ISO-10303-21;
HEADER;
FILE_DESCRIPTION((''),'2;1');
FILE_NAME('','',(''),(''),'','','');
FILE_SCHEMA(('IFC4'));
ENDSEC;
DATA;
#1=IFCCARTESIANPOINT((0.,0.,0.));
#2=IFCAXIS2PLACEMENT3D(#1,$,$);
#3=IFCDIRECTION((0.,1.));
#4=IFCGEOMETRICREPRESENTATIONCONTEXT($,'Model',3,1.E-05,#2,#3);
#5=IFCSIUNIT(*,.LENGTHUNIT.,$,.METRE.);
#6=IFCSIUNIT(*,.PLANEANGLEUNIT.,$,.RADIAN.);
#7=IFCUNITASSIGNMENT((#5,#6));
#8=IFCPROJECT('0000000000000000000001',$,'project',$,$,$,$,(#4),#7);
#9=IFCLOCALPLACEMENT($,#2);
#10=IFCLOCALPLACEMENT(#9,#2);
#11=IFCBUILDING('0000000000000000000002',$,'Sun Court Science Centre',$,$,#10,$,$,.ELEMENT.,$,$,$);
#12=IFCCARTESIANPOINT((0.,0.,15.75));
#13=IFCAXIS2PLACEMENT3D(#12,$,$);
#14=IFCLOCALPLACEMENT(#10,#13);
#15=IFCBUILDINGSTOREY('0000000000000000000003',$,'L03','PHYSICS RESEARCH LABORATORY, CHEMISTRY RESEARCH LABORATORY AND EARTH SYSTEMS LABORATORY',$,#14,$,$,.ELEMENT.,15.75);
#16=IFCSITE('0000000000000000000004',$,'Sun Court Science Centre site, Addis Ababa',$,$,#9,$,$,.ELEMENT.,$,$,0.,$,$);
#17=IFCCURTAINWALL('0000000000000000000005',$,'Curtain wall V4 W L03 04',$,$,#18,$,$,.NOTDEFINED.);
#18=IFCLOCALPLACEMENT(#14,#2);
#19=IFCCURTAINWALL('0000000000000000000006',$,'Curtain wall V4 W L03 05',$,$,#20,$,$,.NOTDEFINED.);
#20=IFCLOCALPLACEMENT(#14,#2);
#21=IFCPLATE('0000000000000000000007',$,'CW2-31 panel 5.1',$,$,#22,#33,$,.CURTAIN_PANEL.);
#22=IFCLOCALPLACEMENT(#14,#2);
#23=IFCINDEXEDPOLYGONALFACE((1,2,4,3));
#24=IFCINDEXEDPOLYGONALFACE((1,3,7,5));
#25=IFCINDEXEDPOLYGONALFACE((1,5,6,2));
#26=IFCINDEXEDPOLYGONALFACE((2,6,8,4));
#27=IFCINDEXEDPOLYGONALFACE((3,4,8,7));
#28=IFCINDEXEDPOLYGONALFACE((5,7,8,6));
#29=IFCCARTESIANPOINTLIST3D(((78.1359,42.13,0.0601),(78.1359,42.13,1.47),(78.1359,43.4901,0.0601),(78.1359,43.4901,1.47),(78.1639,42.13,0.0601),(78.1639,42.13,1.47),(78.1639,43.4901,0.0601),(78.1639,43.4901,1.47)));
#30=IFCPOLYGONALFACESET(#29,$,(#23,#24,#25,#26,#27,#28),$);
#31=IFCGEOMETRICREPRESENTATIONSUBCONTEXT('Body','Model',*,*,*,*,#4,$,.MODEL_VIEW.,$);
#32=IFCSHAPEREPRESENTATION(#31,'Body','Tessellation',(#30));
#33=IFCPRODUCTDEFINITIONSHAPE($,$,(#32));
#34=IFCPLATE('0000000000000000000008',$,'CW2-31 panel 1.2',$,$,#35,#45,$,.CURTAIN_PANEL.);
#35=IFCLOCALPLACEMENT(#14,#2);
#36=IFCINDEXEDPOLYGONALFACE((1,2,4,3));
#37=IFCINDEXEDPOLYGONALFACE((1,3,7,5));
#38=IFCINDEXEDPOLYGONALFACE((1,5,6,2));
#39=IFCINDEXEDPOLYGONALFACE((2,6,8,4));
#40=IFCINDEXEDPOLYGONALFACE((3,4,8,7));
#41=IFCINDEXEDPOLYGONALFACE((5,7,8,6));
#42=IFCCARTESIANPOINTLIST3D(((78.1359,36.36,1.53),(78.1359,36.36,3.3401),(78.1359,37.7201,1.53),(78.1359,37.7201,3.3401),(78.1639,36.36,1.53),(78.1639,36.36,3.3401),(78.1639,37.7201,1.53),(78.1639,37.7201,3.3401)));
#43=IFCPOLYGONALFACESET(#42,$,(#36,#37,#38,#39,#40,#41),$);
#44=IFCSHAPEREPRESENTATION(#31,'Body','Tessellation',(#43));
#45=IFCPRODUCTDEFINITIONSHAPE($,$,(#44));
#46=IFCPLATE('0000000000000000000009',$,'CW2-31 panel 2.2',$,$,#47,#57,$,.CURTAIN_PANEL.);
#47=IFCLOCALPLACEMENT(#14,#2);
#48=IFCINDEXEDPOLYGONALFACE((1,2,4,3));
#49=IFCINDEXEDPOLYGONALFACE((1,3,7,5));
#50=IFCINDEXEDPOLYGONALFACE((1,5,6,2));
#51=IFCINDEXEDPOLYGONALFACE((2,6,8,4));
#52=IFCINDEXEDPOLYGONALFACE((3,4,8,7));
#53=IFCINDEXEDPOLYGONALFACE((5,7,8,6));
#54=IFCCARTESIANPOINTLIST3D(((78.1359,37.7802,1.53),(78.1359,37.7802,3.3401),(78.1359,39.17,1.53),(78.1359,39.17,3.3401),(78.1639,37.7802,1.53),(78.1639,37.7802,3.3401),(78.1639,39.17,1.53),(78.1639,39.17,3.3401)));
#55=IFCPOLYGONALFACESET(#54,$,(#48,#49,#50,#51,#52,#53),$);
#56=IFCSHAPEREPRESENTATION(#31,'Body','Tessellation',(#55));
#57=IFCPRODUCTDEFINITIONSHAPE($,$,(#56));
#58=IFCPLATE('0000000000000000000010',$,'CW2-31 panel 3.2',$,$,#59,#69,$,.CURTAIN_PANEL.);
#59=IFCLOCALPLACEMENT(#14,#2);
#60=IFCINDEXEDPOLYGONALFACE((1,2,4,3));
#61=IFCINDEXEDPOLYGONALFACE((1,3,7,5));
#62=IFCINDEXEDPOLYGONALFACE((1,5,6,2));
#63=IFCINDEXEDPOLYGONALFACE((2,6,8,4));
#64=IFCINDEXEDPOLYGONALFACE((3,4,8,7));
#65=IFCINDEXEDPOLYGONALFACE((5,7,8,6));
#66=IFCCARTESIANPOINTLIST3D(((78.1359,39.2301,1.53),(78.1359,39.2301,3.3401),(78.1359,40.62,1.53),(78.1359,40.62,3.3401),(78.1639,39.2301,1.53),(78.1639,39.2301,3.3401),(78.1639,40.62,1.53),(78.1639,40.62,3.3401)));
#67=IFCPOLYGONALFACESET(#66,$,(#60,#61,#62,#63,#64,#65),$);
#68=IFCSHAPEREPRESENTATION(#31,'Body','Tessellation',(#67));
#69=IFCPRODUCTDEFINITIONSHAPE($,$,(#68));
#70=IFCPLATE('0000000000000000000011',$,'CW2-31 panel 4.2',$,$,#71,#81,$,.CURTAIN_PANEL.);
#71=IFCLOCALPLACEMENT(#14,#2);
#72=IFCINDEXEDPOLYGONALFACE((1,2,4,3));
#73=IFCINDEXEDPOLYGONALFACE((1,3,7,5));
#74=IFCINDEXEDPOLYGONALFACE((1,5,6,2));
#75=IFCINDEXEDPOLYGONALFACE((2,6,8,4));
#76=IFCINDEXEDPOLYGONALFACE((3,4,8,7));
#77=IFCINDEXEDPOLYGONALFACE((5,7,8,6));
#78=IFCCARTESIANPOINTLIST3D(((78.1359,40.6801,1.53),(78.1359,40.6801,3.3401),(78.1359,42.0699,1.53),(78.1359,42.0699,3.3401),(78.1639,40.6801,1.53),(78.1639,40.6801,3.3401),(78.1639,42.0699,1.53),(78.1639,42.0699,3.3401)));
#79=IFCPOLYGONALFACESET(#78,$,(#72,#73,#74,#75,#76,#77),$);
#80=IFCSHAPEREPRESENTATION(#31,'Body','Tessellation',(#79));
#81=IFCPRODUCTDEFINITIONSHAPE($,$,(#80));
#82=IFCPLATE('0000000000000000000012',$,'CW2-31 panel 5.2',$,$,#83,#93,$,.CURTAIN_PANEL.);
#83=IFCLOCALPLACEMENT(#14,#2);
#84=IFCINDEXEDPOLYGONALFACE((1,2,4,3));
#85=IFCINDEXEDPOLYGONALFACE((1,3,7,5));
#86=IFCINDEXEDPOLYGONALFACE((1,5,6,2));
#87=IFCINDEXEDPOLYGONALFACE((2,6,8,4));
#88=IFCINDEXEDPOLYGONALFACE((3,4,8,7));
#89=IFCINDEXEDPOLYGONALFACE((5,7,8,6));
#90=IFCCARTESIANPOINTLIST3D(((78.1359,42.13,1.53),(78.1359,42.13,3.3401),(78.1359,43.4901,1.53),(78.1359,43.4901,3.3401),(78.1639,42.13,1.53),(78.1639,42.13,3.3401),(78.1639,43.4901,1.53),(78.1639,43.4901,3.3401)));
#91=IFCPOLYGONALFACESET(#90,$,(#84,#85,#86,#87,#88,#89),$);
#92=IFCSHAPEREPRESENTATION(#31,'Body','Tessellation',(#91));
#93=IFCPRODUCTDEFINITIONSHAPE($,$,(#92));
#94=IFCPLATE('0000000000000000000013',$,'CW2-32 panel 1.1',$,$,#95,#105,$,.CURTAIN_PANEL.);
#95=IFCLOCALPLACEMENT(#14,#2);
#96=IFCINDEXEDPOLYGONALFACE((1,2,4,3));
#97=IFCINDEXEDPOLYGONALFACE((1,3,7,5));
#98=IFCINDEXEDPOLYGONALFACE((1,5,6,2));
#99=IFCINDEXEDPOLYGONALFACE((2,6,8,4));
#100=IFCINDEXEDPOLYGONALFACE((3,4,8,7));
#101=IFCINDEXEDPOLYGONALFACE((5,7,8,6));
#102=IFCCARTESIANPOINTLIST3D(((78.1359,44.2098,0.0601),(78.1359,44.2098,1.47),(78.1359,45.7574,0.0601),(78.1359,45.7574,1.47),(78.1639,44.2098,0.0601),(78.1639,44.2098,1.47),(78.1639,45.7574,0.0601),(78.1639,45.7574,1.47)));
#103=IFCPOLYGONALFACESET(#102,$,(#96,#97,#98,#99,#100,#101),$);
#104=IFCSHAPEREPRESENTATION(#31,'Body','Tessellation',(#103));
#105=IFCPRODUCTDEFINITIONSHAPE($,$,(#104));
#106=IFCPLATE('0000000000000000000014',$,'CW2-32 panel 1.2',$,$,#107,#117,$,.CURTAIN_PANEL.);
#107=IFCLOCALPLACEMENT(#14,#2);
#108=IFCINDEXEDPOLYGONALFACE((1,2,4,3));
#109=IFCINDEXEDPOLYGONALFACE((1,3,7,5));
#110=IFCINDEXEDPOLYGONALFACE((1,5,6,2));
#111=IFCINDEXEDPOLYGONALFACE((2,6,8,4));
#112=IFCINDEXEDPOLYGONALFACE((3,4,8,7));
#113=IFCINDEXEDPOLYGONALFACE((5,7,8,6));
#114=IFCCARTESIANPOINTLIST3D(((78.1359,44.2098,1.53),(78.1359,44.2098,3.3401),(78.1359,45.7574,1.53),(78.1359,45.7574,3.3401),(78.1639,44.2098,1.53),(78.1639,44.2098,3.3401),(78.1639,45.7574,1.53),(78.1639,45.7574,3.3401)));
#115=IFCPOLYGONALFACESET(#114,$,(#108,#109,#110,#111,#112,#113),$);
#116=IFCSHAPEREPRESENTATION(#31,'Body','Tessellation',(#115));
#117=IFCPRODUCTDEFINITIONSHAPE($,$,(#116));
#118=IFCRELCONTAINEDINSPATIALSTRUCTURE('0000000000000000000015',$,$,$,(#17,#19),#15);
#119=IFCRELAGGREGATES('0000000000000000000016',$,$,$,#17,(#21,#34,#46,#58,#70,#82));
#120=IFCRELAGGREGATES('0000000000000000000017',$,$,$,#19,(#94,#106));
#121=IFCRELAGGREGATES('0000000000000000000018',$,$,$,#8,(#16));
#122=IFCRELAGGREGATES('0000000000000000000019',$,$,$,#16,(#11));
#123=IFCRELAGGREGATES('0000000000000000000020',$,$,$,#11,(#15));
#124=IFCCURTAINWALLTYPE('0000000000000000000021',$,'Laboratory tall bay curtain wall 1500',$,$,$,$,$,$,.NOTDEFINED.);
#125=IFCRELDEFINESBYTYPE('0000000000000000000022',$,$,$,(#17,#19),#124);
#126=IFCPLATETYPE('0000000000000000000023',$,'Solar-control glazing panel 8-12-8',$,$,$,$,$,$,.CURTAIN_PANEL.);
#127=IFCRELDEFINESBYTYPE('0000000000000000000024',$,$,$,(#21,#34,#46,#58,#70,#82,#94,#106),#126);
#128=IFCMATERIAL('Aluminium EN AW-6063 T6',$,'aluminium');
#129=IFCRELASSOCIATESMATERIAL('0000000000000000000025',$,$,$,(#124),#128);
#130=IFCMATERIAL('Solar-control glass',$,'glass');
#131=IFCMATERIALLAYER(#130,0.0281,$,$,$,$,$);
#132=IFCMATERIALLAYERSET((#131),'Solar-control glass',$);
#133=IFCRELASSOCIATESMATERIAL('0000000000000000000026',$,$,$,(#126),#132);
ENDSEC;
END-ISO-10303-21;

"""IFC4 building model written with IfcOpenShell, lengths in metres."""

from ifc_helpers import new_model, si_unit, direction, frame, origin, origin_2d, place, context, subcontext, project, spatial, rectangle, extrude, material, layer, layer_set, type_object, element, aggregate, save


model = new_model("IFC4")

# Units and contexts
model_context = context("Model", 3, precision=1e-05, world=origin(), true_north=direction((0.0, 1.0)))
body_context = subcontext(model_context, "Body", "Model", "MODEL_VIEW")
ifc_project = project(units=[si_unit("LENGTHUNIT", "METRE"), si_unit("PLANEANGLEUNIT", "RADIAN")], contexts=[model_context])

# Site, building, storey
site_placement = place(None, origin())
site = spatial("IfcSite", under=ifc_project, at=site_placement, Name="Sun Court Science Centre site, Addis Ababa", CompositionType="ELEMENT", RefElevation=0.0)
building_placement = place(site_placement, origin())
building = spatial("IfcBuilding", under=site, at=building_placement, Name="Sun Court Science Centre", CompositionType="ELEMENT")
storey_placement = place(building_placement, frame((0.0, 0.0, 15.75)))
storey = spatial("IfcBuildingStorey", under=building, at=storey_placement, Name="L03", Description="PHYSICS RESEARCH LABORATORY, CHEMISTRY RESEARCH LABORATORY AND EARTH SYSTEMS LABORATORY", CompositionType="ELEMENT", Elevation=15.75)

# Curtain walls
ifc_material_1 = material(Name="Aluminium EN AW-6063 T6", Category="aluminium")
curtain_wall_type = type_object("IfcCurtainWallType", Name="Laboratory tall bay curtain wall 1500", PredefinedType="NOTDEFINED", material=ifc_material_1)
curtain_wall_1_placement = place(storey_placement, origin())
curtain_wall_1 = element("IfcCurtainWall", 1, at=curtain_wall_1_placement, inside=storey, type_object=curtain_wall_type, Name="Curtain wall V4 W L03 04", PredefinedType="NOTDEFINED")
curtain_wall_2_placement = place(storey_placement, origin())
curtain_wall_2 = element("IfcCurtainWall", 2, at=curtain_wall_2_placement, inside=storey, type_object=curtain_wall_type, Name="Curtain wall V4 W L03 05", PredefinedType="NOTDEFINED")

# Plates
ifc_material_2 = material(Name="Solar-control glass", Category="glass")
ifc_layer = layer(ifc_material_2, 0.0281)
ifc_layer_set = layer_set([ifc_layer], Name="Solar-control glass")
plate_type = type_object("IfcPlateType", Name="Solar-control glazing panel 8-12-8", PredefinedType="CURTAIN_PANEL", material=ifc_layer_set)
plate_1_placement = place(storey_placement, frame((78.1499, 42.8101, 0.0601), z_axis=(0.0, 0.0, 1.0), x_axis=(0.0, 1.0, 0.0)))
plate_1 = element("IfcPlate", 3, at=plate_1_placement, type_object=plate_type, Name="CW2-31 panel 5.1", PredefinedType="CURTAIN_PANEL", context=body_context, shape_type="SweptSolid", body=[
    extrude(rectangle(XDim=1.3601, YDim=0.0281, at=origin_2d()), origin(), (0.0, 0.0, 1.0), 1.4099),
])
plate_2_placement = place(storey_placement, frame((78.1499, 37.04, 1.53), z_axis=(0.0, 0.0, 1.0), x_axis=(0.0, 1.0, 0.0)))
plate_2 = element("IfcPlate", 4, at=plate_2_placement, type_object=plate_type, Name="CW2-31 panel 1.2", PredefinedType="CURTAIN_PANEL", context=body_context, shape_type="SweptSolid", body=[
    extrude(rectangle(XDim=1.3601, YDim=0.0281, at=origin_2d()), origin(), (0.0, 0.0, 1.0), 1.8101),
])
plate_3_placement = place(storey_placement, frame((78.1499, 38.4751, 1.53), z_axis=(0.0, 0.0, 1.0), x_axis=(0.0, 1.0, 0.0)))
plate_3 = element("IfcPlate", 5, at=plate_3_placement, type_object=plate_type, Name="CW2-31 panel 2.2", PredefinedType="CURTAIN_PANEL", context=body_context, shape_type="SweptSolid", body=[
    extrude(rectangle(XDim=1.3899, YDim=0.0281, at=origin_2d()), origin(), (0.0, 0.0, 1.0), 1.8101),
])
plate_4_placement = place(storey_placement, frame((78.1499, 39.925, 1.53), z_axis=(0.0, 0.0, 1.0), x_axis=(0.0, 1.0, 0.0)))
plate_4 = element("IfcPlate", 6, at=plate_4_placement, type_object=plate_type, Name="CW2-31 panel 3.2", PredefinedType="CURTAIN_PANEL", context=body_context, shape_type="SweptSolid", body=[
    extrude(rectangle(XDim=1.3899, YDim=0.0281, at=origin_2d()), origin(), (0.0, 0.0, 1.0), 1.8101),
])
plate_5_placement = place(storey_placement, frame((78.1499, 41.375, 1.53), z_axis=(0.0, 0.0, 1.0), x_axis=(0.0, 1.0, 0.0)))
plate_5 = element("IfcPlate", 7, at=plate_5_placement, type_object=plate_type, Name="CW2-31 panel 4.2", PredefinedType="CURTAIN_PANEL", context=body_context, shape_type="SweptSolid", body=[
    extrude(rectangle(XDim=1.3899, YDim=0.0281, at=origin_2d()), origin(), (0.0, 0.0, 1.0), 1.8101),
])
plate_6_placement = place(storey_placement, frame((78.1499, 42.8101, 1.53), z_axis=(0.0, 0.0, 1.0), x_axis=(0.0, 1.0, 0.0)))
plate_6 = element("IfcPlate", 8, at=plate_6_placement, type_object=plate_type, Name="CW2-31 panel 5.2", PredefinedType="CURTAIN_PANEL", context=body_context, shape_type="SweptSolid", body=[
    extrude(rectangle(XDim=1.3601, YDim=0.0281, at=origin_2d()), origin(), (0.0, 0.0, 1.0), 1.8101),
])
aggregate(curtain_wall_1, [plate_1, plate_2, plate_3, plate_4, plate_5, plate_6])
plate_7_placement = place(storey_placement, frame((78.1499, 44.9836, 0.0601), z_axis=(0.0, 0.0, 1.0), x_axis=(0.0, 1.0, 0.0)))
plate_7 = element("IfcPlate", 9, at=plate_7_placement, type_object=plate_type, Name="CW2-32 panel 1.1", PredefinedType="CURTAIN_PANEL", context=body_context, shape_type="SweptSolid", body=[
    extrude(rectangle(XDim=1.5476, YDim=0.0281, at=origin_2d()), origin(), (0.0, 0.0, 1.0), 1.4099),
])
plate_8_placement = place(storey_placement, frame((78.1499, 44.9836, 1.53), z_axis=(0.0, 0.0, 1.0), x_axis=(0.0, 1.0, 0.0)))
plate_8 = element("IfcPlate", 10, at=plate_8_placement, type_object=plate_type, Name="CW2-32 panel 1.2", PredefinedType="CURTAIN_PANEL", context=body_context, shape_type="SweptSolid", body=[
    extrude(rectangle(XDim=1.5476, YDim=0.0281, at=origin_2d()), origin(), (0.0, 0.0, 1.0), 1.8101),
])
aggregate(curtain_wall_2, [plate_7, plate_8])

save(model, "model.ifc")
